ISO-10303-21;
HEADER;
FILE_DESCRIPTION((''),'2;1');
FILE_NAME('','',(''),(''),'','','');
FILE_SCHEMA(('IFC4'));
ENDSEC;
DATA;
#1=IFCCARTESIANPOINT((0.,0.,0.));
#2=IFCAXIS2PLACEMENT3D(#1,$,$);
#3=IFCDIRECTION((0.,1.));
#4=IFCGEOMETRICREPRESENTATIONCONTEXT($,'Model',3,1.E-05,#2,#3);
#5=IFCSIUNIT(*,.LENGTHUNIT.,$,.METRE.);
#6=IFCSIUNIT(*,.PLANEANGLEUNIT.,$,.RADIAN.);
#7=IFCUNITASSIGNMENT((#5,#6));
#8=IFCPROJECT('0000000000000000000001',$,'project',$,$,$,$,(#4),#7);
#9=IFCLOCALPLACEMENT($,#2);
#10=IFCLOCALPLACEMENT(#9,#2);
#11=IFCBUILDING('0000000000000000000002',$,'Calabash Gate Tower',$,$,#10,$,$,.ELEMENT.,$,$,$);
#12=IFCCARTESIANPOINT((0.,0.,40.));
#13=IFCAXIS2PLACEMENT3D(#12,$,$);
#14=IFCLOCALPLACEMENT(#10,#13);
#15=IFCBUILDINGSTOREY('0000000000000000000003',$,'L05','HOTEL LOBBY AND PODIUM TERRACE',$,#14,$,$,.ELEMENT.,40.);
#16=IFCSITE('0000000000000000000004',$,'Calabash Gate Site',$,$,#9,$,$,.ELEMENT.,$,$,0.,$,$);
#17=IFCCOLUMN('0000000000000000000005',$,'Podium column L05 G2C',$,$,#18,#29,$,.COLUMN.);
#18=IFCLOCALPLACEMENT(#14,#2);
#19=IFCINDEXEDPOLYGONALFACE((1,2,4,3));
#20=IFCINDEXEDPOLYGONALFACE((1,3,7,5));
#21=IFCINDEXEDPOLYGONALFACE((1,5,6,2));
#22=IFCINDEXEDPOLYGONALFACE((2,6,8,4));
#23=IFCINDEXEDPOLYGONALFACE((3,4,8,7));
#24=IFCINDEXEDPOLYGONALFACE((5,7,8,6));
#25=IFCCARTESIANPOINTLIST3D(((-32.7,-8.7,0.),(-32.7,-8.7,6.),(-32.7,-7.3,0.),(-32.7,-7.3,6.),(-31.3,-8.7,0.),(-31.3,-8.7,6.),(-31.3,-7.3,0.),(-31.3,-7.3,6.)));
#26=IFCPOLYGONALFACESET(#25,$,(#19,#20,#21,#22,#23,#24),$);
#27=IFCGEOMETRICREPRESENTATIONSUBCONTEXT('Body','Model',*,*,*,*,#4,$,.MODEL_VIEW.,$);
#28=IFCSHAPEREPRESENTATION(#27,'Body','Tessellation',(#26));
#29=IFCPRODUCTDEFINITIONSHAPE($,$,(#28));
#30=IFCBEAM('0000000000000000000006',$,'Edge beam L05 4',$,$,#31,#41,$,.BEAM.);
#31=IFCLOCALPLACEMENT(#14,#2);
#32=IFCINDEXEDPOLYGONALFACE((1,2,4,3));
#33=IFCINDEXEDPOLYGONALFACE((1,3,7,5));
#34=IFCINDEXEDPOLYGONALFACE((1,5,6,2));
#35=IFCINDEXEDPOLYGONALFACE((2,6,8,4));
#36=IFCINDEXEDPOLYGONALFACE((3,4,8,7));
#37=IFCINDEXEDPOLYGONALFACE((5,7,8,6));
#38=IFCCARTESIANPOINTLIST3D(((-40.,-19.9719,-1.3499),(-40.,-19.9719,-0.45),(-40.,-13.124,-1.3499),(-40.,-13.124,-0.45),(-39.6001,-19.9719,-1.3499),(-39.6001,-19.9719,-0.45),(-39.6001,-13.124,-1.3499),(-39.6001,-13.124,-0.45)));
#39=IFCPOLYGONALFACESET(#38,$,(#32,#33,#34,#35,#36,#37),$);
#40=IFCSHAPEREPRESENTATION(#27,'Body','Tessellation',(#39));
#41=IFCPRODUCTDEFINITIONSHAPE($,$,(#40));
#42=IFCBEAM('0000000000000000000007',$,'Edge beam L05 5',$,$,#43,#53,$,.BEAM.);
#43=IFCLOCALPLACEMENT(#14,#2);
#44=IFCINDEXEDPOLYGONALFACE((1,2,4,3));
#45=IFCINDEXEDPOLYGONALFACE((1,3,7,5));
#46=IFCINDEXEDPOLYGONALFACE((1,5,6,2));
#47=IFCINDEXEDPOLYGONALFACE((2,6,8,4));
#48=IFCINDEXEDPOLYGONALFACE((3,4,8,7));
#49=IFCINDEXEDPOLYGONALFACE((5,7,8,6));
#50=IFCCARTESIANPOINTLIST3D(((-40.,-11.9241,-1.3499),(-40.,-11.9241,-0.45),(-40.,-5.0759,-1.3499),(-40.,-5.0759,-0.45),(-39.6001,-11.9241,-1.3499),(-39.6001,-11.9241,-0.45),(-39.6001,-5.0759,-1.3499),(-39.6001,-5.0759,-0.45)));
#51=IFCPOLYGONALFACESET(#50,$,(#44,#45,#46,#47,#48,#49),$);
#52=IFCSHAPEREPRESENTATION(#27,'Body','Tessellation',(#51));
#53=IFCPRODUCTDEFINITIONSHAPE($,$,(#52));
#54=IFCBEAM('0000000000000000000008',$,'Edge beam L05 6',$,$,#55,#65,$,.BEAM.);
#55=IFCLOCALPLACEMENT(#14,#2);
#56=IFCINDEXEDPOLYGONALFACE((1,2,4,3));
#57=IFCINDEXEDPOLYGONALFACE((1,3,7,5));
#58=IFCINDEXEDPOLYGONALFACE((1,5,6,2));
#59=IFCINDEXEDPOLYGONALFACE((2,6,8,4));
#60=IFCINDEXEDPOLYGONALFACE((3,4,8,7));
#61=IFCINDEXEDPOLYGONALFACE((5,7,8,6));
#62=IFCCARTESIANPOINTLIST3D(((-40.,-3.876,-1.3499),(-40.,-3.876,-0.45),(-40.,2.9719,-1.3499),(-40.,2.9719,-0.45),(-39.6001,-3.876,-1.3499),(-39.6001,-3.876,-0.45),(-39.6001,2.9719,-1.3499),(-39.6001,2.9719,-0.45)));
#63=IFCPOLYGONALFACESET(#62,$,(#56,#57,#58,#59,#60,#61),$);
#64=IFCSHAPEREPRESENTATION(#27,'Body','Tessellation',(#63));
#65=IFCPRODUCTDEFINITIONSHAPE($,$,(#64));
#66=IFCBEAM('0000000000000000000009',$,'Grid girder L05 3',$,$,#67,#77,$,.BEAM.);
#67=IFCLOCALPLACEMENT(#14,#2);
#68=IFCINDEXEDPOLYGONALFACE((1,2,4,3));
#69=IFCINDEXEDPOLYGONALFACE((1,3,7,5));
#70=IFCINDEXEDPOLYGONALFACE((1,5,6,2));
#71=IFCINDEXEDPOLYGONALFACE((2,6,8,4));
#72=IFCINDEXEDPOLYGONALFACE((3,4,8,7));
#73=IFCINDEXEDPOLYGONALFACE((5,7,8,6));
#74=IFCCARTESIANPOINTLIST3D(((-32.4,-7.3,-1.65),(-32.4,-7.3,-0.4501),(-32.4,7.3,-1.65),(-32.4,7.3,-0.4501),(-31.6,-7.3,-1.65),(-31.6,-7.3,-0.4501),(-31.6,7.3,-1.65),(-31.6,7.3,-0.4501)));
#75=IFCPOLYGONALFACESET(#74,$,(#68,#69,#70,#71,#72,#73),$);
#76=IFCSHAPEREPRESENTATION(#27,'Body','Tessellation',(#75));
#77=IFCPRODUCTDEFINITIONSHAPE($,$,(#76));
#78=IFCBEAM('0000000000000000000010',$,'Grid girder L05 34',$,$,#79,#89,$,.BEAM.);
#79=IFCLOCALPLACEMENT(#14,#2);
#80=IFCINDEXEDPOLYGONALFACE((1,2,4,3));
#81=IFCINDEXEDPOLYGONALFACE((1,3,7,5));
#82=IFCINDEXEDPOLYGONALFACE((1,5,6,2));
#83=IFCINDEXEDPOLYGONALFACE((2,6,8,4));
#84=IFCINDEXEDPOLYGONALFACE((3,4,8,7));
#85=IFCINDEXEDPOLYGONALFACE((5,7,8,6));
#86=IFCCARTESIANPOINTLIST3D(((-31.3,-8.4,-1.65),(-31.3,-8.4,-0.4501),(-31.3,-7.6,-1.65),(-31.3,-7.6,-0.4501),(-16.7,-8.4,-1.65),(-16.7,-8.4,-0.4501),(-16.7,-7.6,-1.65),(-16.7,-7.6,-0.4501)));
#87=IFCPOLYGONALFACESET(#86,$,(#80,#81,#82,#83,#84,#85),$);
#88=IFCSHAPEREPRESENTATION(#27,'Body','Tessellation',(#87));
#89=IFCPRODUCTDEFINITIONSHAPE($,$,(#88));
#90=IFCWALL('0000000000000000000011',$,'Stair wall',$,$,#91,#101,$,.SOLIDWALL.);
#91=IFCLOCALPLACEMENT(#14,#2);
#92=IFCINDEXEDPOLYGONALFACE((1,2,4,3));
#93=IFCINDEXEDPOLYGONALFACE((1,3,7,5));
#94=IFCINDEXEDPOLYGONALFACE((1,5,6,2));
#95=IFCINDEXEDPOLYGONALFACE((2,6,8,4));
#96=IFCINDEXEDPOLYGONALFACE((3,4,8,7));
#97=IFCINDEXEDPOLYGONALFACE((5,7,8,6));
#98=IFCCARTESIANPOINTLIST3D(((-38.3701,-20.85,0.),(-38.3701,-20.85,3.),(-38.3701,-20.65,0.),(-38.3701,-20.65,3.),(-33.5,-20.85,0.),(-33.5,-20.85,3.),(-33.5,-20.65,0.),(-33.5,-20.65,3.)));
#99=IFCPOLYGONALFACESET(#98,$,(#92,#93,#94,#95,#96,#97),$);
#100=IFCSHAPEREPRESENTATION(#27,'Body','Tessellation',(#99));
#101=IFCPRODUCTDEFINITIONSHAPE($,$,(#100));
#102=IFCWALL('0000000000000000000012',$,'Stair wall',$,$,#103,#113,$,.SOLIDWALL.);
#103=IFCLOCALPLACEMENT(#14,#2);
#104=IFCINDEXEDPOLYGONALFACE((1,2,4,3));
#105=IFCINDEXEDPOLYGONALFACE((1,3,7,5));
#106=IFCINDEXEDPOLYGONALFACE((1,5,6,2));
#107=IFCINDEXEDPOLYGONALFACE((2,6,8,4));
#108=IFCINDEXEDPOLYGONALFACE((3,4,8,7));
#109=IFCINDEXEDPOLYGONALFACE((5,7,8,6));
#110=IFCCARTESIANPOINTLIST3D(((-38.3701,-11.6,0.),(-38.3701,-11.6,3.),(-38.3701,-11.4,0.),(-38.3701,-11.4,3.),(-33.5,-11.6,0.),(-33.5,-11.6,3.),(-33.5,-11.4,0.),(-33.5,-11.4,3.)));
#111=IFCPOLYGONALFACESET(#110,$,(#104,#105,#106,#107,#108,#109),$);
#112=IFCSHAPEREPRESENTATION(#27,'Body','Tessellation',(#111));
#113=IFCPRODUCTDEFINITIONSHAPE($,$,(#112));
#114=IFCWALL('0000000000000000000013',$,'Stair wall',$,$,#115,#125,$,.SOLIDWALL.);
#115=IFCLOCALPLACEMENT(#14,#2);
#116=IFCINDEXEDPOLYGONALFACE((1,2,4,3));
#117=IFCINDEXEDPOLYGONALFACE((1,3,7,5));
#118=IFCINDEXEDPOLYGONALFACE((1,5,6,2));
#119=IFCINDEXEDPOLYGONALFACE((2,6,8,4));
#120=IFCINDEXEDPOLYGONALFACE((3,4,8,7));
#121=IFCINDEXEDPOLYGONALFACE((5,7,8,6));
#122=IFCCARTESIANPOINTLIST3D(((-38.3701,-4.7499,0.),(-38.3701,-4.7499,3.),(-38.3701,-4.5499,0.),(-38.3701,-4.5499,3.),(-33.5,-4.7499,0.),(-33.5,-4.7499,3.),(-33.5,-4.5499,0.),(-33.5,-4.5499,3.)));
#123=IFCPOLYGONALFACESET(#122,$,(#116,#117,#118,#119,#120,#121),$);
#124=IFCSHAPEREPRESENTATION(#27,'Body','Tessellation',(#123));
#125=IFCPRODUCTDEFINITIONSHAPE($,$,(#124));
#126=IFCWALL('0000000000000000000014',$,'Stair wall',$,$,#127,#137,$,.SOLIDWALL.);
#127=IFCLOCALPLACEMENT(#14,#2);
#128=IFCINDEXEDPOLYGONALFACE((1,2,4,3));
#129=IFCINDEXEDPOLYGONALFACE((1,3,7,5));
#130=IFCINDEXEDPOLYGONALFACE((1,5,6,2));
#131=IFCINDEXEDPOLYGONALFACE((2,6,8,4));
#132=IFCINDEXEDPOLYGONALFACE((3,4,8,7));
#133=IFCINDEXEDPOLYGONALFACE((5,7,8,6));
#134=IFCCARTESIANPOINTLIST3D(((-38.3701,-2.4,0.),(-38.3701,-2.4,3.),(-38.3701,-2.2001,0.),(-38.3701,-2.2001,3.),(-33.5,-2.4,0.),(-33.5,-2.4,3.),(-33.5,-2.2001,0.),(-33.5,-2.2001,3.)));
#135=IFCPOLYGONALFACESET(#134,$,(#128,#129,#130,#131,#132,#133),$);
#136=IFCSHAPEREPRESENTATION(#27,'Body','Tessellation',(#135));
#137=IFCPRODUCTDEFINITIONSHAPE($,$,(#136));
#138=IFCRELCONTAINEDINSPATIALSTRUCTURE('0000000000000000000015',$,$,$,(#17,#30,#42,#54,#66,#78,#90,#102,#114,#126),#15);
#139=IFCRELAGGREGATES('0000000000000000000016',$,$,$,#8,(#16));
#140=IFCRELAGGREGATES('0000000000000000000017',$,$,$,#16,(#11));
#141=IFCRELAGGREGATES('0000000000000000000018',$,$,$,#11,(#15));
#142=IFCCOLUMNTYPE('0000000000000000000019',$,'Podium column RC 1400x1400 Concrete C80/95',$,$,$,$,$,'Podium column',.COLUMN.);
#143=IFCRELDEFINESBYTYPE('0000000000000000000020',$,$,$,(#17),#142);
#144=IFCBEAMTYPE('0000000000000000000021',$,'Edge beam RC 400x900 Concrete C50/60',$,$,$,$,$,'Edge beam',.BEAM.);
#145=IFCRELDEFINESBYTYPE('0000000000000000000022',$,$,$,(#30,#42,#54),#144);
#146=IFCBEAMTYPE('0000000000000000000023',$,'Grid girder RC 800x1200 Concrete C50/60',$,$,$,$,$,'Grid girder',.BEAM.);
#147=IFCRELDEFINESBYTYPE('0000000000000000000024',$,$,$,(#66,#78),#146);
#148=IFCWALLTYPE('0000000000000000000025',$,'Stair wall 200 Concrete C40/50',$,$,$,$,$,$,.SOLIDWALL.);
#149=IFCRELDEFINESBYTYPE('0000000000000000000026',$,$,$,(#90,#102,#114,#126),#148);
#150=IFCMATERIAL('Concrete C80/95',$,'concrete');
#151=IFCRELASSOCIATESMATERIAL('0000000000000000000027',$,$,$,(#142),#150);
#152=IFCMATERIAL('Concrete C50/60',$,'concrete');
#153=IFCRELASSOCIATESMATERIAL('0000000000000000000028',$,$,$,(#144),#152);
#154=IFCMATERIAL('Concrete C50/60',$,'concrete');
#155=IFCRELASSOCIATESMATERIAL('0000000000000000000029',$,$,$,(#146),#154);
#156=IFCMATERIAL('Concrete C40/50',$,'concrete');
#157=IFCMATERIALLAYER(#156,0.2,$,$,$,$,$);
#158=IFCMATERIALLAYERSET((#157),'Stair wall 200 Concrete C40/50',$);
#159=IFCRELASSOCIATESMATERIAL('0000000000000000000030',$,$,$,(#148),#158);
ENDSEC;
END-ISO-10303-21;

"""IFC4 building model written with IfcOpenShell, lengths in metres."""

from ifc_helpers import new_model, si_unit, direction, frame, frame_2d, origin, origin_2d, place, context, subcontext, project, spatial, rectangle, extrude, material, layer, layer_set, material_profile, profile_set, type_object, element, save


model = new_model("IFC4")

# Units and contexts
model_context = context("Model", 3, precision=1e-05, world=origin(), true_north=direction((0.0, 1.0)))
body_context = subcontext(model_context, "Body", "Model", "MODEL_VIEW")
ifc_project = project(units=[si_unit("LENGTHUNIT", "METRE"), si_unit("PLANEANGLEUNIT", "RADIAN")], contexts=[model_context])

# Site, building, storey
site_placement = place(None, origin())
site = spatial("IfcSite", under=ifc_project, at=site_placement, Name="Calabash Gate Site", CompositionType="ELEMENT", RefElevation=0.0)
building_placement = place(site_placement, origin())
building = spatial("IfcBuilding", under=site, at=building_placement, Name="Calabash Gate Tower", CompositionType="ELEMENT")
storey_placement = place(building_placement, frame((0.0, 0.0, 40.0)))
storey = spatial("IfcBuildingStorey", under=building, at=storey_placement, Name="L05", Description="HOTEL LOBBY AND PODIUM TERRACE", CompositionType="ELEMENT", Elevation=40.0)

# Column
ifc_material_1 = material(Name="Concrete C80/95", Category="concrete")
ifc_material_profile_1 = material_profile(ifc_material_1, rectangle(XDim=1.3999, YDim=1.3999, at=origin_2d()))
ifc_profile_set_1 = profile_set([ifc_material_profile_1], Name="Concrete C80/95")
column_type = type_object("IfcColumnType", Name="Podium column RC 1400x1400 Concrete C80/95", ElementType="Podium column", PredefinedType="COLUMN", material=ifc_profile_set_1)
column_placement = place(storey_placement, frame((-32.0, -8.0, 0.0), z_axis=(0.0, 0.0, 1.0), x_axis=(1.0, 0.0, 0.0)))
element("IfcColumn", 1, at=column_placement, inside=storey, type_object=column_type, Name="Podium column L05 G2C", PredefinedType="COLUMN", context=body_context, shape_type="SweptSolid", body=[
    extrude(rectangle(XDim=1.3999, YDim=1.3999, at=origin_2d()), origin(), (0.0, 0.0, 1.0), 6.0),
])

# Beams
ifc_material_2 = material(Name="Concrete C50/60", Category="concrete")
ifc_material_profile_2 = material_profile(ifc_material_2, rectangle(XDim=0.3999, YDim=0.8999, at=origin_2d()))
ifc_profile_set_2 = profile_set([ifc_material_profile_2], Name="Concrete C50/60")
beam_type_1 = type_object("IfcBeamType", Name="Edge beam RC 400x900 Concrete C50/60", ElementType="Edge beam", PredefinedType="BEAM", material=ifc_profile_set_2)
beam_1_placement = place(storey_placement, frame((-39.8, -19.9719, -0.8999), z_axis=(0.0, 1.0, 0.0), x_axis=(-1.0, 0.0, 0.0)))
element("IfcBeam", 2, at=beam_1_placement, inside=storey, type_object=beam_type_1, Name="Edge beam L05 4", PredefinedType="BEAM", context=body_context, shape_type="SweptSolid", body=[
    extrude(rectangle(XDim=0.3999, YDim=0.8999, at=origin_2d()), origin(), (0.0, 0.0, 1.0), 6.8479),
])
beam_2_placement = place(storey_placement, frame((-39.8, -11.9241, -0.8999), z_axis=(0.0, 1.0, 0.0), x_axis=(-1.0, 0.0, 0.0)))
element("IfcBeam", 3, at=beam_2_placement, inside=storey, type_object=beam_type_1, Name="Edge beam L05 5", PredefinedType="BEAM", context=body_context, shape_type="SweptSolid", body=[
    extrude(rectangle(XDim=0.3999, YDim=0.8999, at=origin_2d()), origin(), (0.0, 0.0, 1.0), 6.8481),
])
beam_3_placement = place(storey_placement, frame((-39.8, -3.876, -0.8999), z_axis=(0.0, 1.0, 0.0), x_axis=(-1.0, 0.0, 0.0)))
element("IfcBeam", 4, at=beam_3_placement, inside=storey, type_object=beam_type_1, Name="Edge beam L05 6", PredefinedType="BEAM", context=body_context, shape_type="SweptSolid", body=[
    extrude(rectangle(XDim=0.3999, YDim=0.8999, at=origin_2d()), origin(), (0.0, 0.0, 1.0), 6.8479),
])
ifc_material_3 = material(Name="Concrete C50/60", Category="concrete")
ifc_material_profile_3 = material_profile(ifc_material_3, rectangle(XDim=0.8, YDim=1.2, at=origin_2d()))
ifc_profile_set_3 = profile_set([ifc_material_profile_3], Name="Concrete C50/60")
beam_type_2 = type_object("IfcBeamType", Name="Grid girder RC 800x1200 Concrete C50/60", ElementType="Grid girder", PredefinedType="BEAM", material=ifc_profile_set_3)
for number, where, z_axis, x_axis, name in (
    (5, (-32.0, -7.3, -1.05), (0.0, 1.0, 0.0), (-1.0, 0.0, 0.0), "Grid girder L05 3"),
    (6, (-31.3, -8.0, -1.05), (1.0, 0.0, 0.0), (0.0, 1.0, 0.0), "Grid girder L05 34"),
):
    element("IfcBeam", number, at=place(storey_placement, frame(where, z_axis=z_axis, x_axis=x_axis)), inside=storey, type_object=beam_type_2, Name=name, PredefinedType="BEAM", context=body_context, shape_type="SweptSolid", body=[
        extrude(rectangle(XDim=0.8, YDim=1.2, at=origin_2d()), origin(), (0.0, 0.0, 1.0), 14.6001),
    ])

# Walls
ifc_material_4 = material(Name="Concrete C40/50", Category="concrete")
ifc_layer = layer(ifc_material_4, 0.2)
ifc_layer_set = layer_set([ifc_layer], Name="Stair wall 200 Concrete C40/50")
wall_type = type_object("IfcWallType", Name="Stair wall 200 Concrete C40/50", PredefinedType="SOLIDWALL", material=ifc_layer_set)
for number, where, z_axis, x_axis, name in (
    (7, (-38.3701, -20.75, 0.0), (0.0, 0.0, 1.0), (1.0, 0.0, 0.0), "Stair wall"),
    (8, (-38.3701, -11.5, 0.0), (0.0, 0.0, 1.0), (1.0, 0.0, 0.0), "Stair wall"),
    (9, (-38.3701, -4.6499, 0.0), (0.0, 0.0, 1.0), (1.0, 0.0, 0.0), "Stair wall"),
):
    element("IfcWall", number, at=place(storey_placement, frame(where, z_axis=z_axis, x_axis=x_axis)), inside=storey, type_object=wall_type, Name=name, PredefinedType="SOLIDWALL", context=body_context, shape_type="SweptSolid", body=[
        extrude(rectangle(XDim=4.8701, YDim=0.2, at=frame_2d((2.4351, 0.0))), origin(), (0.0, 0.0, 1.0), 3.0),
    ])

# Wall
wall_1_placement = place(storey_placement, frame((-38.3701, -2.3, 0.0), z_axis=(0.0, 0.0, 1.0), x_axis=(1.0, 0.0, 0.0)))
element("IfcWall", 10, at=wall_1_placement, inside=storey, type_object=wall_type, Name="Stair wall", PredefinedType="SOLIDWALL", context=body_context, shape_type="SweptSolid", body=[
    extrude(rectangle(XDim=4.8701, YDim=0.2, at=frame_2d((2.4351, 0.0))), origin(), (0.0, 0.0, 1.0), 3.0),
])

save(model, "model.ifc")
